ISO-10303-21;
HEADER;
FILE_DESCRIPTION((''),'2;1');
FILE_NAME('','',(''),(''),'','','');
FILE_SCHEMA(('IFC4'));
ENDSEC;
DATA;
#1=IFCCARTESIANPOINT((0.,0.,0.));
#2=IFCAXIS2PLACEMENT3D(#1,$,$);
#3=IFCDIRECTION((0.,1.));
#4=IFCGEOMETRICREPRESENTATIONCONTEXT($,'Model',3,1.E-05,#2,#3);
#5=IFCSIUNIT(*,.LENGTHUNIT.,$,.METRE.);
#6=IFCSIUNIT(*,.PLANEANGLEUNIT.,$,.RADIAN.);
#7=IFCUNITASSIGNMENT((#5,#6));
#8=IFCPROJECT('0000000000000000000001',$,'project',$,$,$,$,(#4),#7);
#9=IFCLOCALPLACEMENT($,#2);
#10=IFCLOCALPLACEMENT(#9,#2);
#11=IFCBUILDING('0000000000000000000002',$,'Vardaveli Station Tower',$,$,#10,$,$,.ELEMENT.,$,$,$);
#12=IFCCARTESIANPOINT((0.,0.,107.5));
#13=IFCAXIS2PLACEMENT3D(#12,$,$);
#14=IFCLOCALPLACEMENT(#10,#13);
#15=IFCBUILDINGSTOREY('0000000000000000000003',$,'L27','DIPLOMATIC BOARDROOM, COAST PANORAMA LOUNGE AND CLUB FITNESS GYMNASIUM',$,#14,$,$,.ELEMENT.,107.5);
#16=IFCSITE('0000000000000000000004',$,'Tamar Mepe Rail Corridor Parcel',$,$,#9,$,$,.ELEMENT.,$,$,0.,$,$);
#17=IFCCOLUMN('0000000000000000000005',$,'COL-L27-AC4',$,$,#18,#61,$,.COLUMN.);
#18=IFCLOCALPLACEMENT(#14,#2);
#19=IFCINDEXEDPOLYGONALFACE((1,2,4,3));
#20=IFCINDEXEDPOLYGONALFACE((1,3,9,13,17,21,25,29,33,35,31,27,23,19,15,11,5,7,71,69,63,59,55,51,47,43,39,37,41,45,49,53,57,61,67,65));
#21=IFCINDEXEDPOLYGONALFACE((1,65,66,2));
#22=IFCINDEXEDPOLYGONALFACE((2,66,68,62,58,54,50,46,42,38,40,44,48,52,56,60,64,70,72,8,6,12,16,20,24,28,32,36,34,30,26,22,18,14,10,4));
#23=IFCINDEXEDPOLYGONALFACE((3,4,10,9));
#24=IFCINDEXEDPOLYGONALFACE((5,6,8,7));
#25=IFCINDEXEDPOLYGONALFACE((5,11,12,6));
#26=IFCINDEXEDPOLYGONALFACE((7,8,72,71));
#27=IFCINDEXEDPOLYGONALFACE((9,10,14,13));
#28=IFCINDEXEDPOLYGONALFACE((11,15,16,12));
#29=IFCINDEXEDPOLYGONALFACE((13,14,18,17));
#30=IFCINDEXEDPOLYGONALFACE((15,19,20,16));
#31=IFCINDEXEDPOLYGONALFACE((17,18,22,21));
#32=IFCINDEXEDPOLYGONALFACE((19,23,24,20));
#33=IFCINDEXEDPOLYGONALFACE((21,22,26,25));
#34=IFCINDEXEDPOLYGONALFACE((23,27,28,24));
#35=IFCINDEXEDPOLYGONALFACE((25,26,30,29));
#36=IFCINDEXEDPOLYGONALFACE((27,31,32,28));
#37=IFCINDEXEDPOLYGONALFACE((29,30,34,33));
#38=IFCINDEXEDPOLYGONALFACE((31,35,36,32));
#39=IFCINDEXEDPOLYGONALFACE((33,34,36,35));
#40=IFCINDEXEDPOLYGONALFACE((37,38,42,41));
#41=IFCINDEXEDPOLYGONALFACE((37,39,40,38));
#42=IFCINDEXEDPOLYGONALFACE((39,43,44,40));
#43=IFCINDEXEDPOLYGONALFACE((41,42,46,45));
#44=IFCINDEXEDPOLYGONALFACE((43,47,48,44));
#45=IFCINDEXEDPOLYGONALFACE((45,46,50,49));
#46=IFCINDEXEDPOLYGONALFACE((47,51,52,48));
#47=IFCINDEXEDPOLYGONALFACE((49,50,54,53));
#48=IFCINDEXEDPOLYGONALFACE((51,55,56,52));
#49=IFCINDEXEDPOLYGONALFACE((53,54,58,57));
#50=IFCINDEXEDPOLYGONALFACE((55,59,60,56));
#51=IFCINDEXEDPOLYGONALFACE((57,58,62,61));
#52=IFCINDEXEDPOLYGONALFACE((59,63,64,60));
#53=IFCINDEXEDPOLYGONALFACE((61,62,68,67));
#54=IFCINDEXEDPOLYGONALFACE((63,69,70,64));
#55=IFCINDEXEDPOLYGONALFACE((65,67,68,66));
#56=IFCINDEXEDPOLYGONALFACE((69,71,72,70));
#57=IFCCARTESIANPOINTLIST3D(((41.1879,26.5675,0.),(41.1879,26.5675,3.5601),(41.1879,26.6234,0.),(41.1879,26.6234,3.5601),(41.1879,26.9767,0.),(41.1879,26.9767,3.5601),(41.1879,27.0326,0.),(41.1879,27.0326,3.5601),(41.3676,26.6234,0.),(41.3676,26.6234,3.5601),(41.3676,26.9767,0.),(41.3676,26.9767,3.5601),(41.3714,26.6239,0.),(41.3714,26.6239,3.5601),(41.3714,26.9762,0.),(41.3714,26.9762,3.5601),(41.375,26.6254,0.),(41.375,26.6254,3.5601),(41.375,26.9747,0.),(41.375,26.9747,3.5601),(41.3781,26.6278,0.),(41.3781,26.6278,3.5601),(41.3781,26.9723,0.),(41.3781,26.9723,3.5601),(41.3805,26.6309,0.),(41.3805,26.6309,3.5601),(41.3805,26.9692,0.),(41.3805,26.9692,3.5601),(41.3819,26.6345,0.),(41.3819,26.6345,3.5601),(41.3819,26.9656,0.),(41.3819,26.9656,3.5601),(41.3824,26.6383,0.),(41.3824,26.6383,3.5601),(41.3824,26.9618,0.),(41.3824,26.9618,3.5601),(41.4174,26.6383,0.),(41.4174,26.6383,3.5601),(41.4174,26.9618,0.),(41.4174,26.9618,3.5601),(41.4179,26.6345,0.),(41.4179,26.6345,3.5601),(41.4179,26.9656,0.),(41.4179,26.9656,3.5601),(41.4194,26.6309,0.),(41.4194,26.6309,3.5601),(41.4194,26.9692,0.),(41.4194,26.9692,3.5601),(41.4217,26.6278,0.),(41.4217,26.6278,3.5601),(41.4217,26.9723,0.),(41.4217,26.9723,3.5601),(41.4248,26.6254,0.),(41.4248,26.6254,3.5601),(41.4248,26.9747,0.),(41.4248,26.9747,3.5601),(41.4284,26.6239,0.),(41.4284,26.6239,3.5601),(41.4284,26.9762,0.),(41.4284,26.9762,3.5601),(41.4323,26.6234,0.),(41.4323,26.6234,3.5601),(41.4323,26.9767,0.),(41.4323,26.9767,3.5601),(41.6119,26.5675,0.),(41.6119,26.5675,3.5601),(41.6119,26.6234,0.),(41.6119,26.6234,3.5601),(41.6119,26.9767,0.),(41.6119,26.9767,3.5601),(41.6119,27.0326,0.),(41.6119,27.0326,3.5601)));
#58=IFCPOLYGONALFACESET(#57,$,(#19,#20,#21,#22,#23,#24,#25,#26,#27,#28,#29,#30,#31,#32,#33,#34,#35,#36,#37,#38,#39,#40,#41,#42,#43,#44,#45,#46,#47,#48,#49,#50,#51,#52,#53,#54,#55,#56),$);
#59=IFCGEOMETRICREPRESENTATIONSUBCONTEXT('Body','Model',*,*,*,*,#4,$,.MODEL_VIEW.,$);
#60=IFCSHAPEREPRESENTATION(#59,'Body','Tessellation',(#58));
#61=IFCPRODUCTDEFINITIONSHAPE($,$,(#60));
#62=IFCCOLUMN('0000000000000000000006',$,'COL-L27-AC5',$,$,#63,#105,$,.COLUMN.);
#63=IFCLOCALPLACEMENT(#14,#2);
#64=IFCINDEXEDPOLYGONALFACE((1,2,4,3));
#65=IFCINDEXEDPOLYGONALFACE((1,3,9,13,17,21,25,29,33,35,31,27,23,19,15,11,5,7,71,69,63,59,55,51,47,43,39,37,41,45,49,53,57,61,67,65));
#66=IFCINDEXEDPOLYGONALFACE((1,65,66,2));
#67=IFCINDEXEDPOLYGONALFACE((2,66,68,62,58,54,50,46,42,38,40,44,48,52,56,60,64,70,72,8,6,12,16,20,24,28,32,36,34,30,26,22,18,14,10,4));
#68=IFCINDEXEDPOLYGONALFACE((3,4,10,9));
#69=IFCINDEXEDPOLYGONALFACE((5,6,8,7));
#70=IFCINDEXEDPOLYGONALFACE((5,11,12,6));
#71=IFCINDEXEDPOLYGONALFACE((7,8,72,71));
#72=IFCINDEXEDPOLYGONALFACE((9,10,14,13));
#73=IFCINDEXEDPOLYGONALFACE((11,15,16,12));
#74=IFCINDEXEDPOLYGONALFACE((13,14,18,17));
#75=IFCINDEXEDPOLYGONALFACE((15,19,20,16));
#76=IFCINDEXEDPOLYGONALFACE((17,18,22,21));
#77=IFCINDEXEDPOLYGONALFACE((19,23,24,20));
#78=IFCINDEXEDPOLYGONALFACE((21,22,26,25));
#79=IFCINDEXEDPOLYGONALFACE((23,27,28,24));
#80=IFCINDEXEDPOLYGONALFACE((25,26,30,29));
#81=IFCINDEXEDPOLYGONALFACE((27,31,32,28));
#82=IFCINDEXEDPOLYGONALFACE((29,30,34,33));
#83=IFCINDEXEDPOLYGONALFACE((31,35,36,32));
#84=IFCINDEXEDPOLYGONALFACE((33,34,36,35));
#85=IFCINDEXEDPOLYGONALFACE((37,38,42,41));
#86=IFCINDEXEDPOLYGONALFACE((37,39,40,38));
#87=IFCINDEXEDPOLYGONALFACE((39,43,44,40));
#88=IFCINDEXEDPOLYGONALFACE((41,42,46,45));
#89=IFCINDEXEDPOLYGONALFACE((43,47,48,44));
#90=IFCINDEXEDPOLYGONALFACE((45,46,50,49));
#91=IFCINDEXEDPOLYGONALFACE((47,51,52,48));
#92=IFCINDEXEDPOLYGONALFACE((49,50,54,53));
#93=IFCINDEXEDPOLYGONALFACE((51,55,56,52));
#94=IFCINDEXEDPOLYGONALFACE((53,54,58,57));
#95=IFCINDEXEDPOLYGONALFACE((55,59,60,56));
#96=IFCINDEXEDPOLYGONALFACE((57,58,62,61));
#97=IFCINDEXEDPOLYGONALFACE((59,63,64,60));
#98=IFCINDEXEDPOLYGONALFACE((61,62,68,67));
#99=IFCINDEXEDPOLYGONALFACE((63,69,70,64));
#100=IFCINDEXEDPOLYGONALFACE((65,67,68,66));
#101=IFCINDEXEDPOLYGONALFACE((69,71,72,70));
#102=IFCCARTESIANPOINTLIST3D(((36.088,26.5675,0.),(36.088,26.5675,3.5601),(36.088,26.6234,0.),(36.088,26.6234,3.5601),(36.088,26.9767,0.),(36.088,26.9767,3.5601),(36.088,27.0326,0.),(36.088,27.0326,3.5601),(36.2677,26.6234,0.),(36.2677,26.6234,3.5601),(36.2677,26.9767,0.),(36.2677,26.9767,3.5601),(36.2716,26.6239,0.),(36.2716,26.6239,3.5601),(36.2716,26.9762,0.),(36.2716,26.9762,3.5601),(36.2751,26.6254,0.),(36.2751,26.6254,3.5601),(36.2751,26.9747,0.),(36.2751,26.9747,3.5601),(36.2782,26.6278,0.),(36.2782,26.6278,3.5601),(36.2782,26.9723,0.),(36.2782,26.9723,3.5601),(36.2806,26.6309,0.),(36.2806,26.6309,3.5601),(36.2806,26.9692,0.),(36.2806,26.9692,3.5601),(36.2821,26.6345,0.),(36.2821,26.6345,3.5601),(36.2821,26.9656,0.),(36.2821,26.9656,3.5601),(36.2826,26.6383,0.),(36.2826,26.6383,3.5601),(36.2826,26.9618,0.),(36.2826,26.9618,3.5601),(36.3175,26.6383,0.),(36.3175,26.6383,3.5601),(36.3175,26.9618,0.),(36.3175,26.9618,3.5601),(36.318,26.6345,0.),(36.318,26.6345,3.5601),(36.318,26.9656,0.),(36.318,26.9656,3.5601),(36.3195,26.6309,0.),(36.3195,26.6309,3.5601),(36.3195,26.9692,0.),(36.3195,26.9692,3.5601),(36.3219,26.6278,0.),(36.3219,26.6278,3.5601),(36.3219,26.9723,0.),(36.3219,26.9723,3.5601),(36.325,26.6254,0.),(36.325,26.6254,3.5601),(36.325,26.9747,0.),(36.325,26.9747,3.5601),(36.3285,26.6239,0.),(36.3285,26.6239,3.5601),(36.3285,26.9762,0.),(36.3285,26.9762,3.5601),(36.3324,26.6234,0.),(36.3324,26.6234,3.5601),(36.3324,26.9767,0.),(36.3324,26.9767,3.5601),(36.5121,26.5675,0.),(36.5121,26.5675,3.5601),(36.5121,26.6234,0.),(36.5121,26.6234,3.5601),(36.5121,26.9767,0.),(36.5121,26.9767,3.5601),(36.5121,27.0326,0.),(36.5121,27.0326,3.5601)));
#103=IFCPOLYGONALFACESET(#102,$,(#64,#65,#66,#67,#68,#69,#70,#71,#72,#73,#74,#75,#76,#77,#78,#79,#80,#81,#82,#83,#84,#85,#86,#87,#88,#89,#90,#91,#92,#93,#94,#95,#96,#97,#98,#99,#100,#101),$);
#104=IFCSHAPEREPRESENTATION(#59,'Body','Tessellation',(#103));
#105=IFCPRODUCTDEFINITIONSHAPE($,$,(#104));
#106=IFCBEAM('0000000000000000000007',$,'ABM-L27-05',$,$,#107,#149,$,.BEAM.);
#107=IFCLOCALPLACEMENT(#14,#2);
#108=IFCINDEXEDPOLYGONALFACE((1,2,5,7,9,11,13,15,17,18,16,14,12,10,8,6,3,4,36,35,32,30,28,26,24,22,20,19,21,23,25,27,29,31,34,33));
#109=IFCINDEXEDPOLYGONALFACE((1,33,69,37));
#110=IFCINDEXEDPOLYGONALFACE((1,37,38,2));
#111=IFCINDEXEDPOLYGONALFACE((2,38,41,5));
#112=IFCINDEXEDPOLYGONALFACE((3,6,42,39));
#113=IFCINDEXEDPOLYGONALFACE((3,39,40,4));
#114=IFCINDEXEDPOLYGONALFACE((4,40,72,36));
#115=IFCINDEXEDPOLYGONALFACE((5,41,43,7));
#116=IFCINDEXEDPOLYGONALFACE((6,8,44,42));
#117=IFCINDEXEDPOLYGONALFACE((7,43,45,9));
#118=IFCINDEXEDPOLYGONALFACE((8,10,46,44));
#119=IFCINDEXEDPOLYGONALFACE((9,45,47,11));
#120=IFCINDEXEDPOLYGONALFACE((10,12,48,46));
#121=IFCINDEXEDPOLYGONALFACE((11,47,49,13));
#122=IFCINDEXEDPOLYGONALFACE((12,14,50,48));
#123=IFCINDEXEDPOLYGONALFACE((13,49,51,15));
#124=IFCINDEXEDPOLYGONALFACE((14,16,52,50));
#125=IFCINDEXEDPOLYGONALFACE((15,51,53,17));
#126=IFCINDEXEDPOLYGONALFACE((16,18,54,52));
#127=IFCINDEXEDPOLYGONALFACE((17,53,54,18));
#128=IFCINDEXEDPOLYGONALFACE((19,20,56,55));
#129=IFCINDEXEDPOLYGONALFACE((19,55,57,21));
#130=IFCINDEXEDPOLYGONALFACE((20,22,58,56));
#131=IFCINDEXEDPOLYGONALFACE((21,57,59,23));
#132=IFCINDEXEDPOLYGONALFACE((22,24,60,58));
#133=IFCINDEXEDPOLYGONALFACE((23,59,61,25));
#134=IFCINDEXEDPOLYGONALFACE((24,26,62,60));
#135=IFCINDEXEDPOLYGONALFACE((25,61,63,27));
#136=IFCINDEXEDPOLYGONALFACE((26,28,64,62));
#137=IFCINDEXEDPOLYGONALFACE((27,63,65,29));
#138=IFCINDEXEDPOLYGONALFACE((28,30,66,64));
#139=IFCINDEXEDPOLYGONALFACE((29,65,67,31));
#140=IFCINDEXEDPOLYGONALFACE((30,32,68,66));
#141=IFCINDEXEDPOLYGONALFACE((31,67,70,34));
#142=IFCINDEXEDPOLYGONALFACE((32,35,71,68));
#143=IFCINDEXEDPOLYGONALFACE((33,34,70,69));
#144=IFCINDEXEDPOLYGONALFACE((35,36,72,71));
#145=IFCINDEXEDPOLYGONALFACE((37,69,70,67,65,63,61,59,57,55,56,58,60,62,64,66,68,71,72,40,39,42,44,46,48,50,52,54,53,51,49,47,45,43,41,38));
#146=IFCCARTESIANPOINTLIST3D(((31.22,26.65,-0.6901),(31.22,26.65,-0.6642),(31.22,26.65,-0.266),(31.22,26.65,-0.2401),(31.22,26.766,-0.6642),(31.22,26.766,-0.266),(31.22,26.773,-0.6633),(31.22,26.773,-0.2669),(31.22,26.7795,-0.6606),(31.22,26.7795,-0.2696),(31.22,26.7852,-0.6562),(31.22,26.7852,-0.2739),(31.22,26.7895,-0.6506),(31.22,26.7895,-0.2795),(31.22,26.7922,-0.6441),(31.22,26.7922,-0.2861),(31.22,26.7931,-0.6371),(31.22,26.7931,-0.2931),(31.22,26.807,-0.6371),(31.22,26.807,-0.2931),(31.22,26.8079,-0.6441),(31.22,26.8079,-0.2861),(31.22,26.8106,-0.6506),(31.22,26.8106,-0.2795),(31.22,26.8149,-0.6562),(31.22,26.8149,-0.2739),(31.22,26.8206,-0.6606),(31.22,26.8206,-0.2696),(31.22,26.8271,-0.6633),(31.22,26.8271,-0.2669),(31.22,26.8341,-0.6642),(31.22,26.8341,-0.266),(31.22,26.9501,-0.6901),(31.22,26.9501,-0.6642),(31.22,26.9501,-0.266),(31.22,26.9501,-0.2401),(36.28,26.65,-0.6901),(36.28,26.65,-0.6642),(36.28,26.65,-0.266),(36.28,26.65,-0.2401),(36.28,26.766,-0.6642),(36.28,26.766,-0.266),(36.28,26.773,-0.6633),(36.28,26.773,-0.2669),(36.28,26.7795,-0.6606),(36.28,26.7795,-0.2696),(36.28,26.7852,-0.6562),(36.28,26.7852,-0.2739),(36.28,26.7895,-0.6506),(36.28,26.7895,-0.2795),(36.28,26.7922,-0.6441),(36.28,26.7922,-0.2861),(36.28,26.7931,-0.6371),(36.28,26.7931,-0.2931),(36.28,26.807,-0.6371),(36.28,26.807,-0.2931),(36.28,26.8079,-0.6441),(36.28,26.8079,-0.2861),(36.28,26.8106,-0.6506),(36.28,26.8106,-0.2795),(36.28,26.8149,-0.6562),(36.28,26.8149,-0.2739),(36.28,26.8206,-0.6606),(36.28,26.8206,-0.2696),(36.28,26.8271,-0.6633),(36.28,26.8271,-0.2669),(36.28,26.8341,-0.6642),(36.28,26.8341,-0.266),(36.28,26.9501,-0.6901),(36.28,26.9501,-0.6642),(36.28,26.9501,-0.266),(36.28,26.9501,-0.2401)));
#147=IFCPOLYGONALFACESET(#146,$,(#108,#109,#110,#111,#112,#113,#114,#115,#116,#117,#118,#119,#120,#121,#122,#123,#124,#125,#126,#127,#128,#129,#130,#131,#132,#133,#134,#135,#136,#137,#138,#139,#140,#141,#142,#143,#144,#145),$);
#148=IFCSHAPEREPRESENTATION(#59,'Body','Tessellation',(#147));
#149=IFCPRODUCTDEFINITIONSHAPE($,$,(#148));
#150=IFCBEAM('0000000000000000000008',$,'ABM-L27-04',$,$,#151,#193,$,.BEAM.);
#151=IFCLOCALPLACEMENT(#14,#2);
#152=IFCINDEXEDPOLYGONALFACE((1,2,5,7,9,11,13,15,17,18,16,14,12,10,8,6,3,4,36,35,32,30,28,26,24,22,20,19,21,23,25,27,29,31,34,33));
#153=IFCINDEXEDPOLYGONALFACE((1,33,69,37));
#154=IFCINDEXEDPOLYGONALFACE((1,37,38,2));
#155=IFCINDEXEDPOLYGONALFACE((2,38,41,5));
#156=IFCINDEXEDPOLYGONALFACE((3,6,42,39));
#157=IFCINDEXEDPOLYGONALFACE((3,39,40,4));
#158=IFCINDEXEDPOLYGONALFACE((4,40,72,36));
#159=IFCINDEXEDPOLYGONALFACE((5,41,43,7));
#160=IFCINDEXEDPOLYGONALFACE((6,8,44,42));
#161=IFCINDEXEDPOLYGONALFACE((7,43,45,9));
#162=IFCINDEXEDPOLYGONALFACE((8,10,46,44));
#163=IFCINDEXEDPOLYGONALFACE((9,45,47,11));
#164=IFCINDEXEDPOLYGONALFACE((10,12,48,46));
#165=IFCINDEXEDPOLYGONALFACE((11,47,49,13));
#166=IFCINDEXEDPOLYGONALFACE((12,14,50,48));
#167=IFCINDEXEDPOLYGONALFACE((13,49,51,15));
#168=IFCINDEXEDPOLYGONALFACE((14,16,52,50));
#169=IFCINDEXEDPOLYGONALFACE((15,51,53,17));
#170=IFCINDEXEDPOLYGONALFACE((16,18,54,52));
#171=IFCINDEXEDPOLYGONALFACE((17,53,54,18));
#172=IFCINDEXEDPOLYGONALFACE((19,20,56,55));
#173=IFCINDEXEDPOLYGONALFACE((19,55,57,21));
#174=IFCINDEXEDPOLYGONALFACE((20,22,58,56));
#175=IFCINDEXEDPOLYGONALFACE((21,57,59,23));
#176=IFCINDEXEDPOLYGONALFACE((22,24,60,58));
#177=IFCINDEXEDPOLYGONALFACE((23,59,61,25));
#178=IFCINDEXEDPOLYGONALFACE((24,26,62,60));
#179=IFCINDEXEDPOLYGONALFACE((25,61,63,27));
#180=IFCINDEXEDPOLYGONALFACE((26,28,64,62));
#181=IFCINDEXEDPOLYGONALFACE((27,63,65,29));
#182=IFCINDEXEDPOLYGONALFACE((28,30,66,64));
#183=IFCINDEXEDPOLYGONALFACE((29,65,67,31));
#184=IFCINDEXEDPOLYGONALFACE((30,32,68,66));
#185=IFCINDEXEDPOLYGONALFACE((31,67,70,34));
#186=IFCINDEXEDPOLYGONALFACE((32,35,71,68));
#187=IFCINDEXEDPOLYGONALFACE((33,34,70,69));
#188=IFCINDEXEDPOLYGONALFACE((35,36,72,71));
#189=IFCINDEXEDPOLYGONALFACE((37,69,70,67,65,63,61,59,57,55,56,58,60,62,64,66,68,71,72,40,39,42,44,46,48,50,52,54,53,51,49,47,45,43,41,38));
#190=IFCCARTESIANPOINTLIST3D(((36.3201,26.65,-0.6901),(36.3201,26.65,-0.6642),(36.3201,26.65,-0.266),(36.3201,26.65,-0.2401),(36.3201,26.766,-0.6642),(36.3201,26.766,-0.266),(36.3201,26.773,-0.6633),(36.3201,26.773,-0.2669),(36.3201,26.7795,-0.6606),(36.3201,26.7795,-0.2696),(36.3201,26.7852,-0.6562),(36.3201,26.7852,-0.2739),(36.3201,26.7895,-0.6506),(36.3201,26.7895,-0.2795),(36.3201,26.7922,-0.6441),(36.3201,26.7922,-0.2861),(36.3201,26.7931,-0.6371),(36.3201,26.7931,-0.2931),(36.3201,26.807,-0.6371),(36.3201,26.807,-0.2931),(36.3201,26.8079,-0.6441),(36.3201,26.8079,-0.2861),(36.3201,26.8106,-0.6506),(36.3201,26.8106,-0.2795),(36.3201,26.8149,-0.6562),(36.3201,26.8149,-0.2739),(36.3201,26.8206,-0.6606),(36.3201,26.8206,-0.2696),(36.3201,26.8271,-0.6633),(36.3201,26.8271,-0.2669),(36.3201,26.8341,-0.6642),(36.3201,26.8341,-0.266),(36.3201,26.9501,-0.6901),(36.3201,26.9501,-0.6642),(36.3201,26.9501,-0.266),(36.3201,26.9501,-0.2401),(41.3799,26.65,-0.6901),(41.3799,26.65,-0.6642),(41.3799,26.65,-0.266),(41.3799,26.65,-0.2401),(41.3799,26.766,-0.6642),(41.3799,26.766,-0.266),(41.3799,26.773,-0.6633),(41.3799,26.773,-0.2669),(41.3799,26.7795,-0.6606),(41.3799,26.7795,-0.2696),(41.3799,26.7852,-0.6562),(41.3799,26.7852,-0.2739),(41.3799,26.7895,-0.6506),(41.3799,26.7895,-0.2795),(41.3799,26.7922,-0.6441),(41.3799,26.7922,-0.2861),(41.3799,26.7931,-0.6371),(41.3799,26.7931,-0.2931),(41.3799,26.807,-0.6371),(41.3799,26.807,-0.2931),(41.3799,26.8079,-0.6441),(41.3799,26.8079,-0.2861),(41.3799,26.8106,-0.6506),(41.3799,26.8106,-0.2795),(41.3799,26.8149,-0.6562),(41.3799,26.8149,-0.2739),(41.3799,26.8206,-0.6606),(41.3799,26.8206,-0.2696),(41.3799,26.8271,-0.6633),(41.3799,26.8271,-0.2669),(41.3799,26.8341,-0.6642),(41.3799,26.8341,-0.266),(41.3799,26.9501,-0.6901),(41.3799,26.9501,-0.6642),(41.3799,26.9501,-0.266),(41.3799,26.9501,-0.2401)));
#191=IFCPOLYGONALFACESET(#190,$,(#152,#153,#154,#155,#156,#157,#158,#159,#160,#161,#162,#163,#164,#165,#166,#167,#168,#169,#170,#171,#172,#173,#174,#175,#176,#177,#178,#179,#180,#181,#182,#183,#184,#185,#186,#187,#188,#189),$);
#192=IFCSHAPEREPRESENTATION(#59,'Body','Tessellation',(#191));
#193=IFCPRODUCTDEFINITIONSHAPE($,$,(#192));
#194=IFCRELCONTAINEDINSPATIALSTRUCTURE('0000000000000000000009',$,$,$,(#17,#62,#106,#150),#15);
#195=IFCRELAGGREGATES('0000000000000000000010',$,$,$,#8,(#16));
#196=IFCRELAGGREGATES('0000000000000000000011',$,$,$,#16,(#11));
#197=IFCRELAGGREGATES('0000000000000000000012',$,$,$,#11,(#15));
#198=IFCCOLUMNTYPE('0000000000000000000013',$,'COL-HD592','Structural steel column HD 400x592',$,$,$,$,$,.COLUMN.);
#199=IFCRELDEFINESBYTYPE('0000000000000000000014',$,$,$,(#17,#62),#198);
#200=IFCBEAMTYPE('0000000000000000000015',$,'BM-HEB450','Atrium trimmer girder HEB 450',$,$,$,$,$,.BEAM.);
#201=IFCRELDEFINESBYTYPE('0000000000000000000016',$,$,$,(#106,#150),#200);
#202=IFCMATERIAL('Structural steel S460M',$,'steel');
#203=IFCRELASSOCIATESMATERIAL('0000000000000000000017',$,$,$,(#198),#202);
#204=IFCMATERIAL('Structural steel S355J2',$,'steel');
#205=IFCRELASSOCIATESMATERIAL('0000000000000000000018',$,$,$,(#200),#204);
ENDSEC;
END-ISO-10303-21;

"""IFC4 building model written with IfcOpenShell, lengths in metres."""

from ifc_helpers import new_model, si_unit, direction, frame, origin, origin_2d, place, context, subcontext, project, spatial, i_section, extrude, source, transform, mapped, material, material_profile, profile_set, type_object, element, save


model = new_model("IFC4")

# Units and contexts
model_context = context("Model", 3, precision=1e-05, world=origin(), true_north=direction((0.0, 1.0)))
body_context = subcontext(model_context, "Body", "Model", "MODEL_VIEW")
ifc_project = project(units=[si_unit("LENGTHUNIT", "METRE"), si_unit("PLANEANGLEUNIT", "RADIAN")], contexts=[model_context])

# Site, building, storey
site_placement = place(None, origin())
site = spatial("IfcSite", under=ifc_project, at=site_placement, Name="Tamar Mepe Rail Corridor Parcel", CompositionType="ELEMENT", RefElevation=0.0)
building_placement = place(site_placement, origin())
building = spatial("IfcBuilding", under=site, at=building_placement, Name="Vardaveli Station Tower", CompositionType="ELEMENT")
storey_placement = place(building_placement, frame((0.0, 0.0, 107.5)))
storey = spatial("IfcBuildingStorey", under=building, at=storey_placement, Name="L27", Description="DIPLOMATIC BOARDROOM, COAST PANORAMA LOUNGE AND CLUB FITNESS GYMNASIUM", CompositionType="ELEMENT", Elevation=107.5)

# Columns
ifc_material_1 = material(Name="Structural steel S460M", Category="steel")
ifc_material_profile_1 = material_profile(ifc_material_1, i_section(OverallWidth=0.4241, OverallDepth=0.4651, WebThickness=0.0349, FlangeThickness=0.0559, FilletRadius=0.0149, at=origin_2d()), Name="HD 400x592")
ifc_profile_set_1 = profile_set([ifc_material_profile_1], Name="Structural steel S460M")
column_type = type_object("IfcColumnType", Name="COL-HD592", Description="Structural steel column HD 400x592", PredefinedType="COLUMN", material=ifc_profile_set_1)
shared_shape_1 = source(origin(), body_context, "Body", "SweptSolid", [
    extrude(i_section(OverallWidth=0.4241, OverallDepth=0.4651, WebThickness=0.0349, FlangeThickness=0.0559, FilletRadius=0.0149, at=origin_2d()), origin(), (0.0, 0.0, 1.0), 3.5601),
])
for number, where, z_axis, x_axis, name in (
    (1, (41.3999, 26.8, 0.0), (0.0, 0.0, 1.0), (1.0, 0.0, 0.0), "COL-L27-AC4"),
    (2, (36.3, 26.8, 0.0), (0.0, 0.0, 1.0), (1.0, 0.0, 0.0), "COL-L27-AC5"),
):
    element("IfcColumn", number, at=place(storey_placement, frame(where, z_axis=z_axis, x_axis=x_axis)), inside=storey, type_object=column_type, Name=name, PredefinedType="COLUMN", context=body_context, shape_type="MappedRepresentation", body=[
        mapped(shared_shape_1, transform((0.0, 0.0, 0.0), scale=1.0)),
    ])

# Beams
ifc_material_2 = material(Name="Structural steel S355J2", Category="steel")
ifc_material_profile_2 = material_profile(ifc_material_2, i_section(OverallWidth=0.3, OverallDepth=0.45, WebThickness=0.0139, FlangeThickness=0.0259, FilletRadius=0.0271, at=origin_2d()), Name="HEB 450")
ifc_profile_set_2 = profile_set([ifc_material_profile_2], Name="Structural steel S355J2")
beam_type_1 = type_object("IfcBeamType", Name="BM-HEB450", Description="Atrium trimmer girder HEB 450", PredefinedType="BEAM", material=ifc_profile_set_2)
shared_shape_2 = source(origin(), body_context, "Body", "SweptSolid", [
    extrude(i_section(OverallWidth=0.3, OverallDepth=0.45, WebThickness=0.0139, FlangeThickness=0.0259, FilletRadius=0.0271, at=origin_2d()), origin(), (0.0, 0.0, 1.0), 5.0601),
])
beam_1_placement = place(storey_placement, frame((36.28, 26.8, -0.4651), z_axis=(-1.0, 0.0, 0.0), x_axis=(0.0, -1.0, 0.0)))
element("IfcBeam", 3, at=beam_1_placement, inside=storey, type_object=beam_type_1, Name="ABM-L27-05", PredefinedType="BEAM", context=body_context, shape_type="MappedRepresentation", body=[
    mapped(shared_shape_2, transform((0.0, 0.0, 0.0), scale=1.0)),
])
shared_shape_3 = source(origin(), body_context, "Body", "SweptSolid", [
    extrude(i_section(OverallWidth=0.3, OverallDepth=0.45, WebThickness=0.0139, FlangeThickness=0.0259, FilletRadius=0.0271, at=origin_2d()), origin(), (0.0, 0.0, 1.0), 5.0598),
])
beam_2_placement = place(storey_placement, frame((41.3799, 26.8, -0.4651), z_axis=(-1.0, 0.0, 0.0), x_axis=(0.0, -1.0, 0.0)))
element("IfcBeam", 4, at=beam_2_placement, inside=storey, type_object=beam_type_1, Name="ABM-L27-04", PredefinedType="BEAM", context=body_context, shape_type="MappedRepresentation", body=[
    mapped(shared_shape_3, transform((0.0, 0.0, 0.0), scale=1.0)),
])

save(model, "model.ifc")
